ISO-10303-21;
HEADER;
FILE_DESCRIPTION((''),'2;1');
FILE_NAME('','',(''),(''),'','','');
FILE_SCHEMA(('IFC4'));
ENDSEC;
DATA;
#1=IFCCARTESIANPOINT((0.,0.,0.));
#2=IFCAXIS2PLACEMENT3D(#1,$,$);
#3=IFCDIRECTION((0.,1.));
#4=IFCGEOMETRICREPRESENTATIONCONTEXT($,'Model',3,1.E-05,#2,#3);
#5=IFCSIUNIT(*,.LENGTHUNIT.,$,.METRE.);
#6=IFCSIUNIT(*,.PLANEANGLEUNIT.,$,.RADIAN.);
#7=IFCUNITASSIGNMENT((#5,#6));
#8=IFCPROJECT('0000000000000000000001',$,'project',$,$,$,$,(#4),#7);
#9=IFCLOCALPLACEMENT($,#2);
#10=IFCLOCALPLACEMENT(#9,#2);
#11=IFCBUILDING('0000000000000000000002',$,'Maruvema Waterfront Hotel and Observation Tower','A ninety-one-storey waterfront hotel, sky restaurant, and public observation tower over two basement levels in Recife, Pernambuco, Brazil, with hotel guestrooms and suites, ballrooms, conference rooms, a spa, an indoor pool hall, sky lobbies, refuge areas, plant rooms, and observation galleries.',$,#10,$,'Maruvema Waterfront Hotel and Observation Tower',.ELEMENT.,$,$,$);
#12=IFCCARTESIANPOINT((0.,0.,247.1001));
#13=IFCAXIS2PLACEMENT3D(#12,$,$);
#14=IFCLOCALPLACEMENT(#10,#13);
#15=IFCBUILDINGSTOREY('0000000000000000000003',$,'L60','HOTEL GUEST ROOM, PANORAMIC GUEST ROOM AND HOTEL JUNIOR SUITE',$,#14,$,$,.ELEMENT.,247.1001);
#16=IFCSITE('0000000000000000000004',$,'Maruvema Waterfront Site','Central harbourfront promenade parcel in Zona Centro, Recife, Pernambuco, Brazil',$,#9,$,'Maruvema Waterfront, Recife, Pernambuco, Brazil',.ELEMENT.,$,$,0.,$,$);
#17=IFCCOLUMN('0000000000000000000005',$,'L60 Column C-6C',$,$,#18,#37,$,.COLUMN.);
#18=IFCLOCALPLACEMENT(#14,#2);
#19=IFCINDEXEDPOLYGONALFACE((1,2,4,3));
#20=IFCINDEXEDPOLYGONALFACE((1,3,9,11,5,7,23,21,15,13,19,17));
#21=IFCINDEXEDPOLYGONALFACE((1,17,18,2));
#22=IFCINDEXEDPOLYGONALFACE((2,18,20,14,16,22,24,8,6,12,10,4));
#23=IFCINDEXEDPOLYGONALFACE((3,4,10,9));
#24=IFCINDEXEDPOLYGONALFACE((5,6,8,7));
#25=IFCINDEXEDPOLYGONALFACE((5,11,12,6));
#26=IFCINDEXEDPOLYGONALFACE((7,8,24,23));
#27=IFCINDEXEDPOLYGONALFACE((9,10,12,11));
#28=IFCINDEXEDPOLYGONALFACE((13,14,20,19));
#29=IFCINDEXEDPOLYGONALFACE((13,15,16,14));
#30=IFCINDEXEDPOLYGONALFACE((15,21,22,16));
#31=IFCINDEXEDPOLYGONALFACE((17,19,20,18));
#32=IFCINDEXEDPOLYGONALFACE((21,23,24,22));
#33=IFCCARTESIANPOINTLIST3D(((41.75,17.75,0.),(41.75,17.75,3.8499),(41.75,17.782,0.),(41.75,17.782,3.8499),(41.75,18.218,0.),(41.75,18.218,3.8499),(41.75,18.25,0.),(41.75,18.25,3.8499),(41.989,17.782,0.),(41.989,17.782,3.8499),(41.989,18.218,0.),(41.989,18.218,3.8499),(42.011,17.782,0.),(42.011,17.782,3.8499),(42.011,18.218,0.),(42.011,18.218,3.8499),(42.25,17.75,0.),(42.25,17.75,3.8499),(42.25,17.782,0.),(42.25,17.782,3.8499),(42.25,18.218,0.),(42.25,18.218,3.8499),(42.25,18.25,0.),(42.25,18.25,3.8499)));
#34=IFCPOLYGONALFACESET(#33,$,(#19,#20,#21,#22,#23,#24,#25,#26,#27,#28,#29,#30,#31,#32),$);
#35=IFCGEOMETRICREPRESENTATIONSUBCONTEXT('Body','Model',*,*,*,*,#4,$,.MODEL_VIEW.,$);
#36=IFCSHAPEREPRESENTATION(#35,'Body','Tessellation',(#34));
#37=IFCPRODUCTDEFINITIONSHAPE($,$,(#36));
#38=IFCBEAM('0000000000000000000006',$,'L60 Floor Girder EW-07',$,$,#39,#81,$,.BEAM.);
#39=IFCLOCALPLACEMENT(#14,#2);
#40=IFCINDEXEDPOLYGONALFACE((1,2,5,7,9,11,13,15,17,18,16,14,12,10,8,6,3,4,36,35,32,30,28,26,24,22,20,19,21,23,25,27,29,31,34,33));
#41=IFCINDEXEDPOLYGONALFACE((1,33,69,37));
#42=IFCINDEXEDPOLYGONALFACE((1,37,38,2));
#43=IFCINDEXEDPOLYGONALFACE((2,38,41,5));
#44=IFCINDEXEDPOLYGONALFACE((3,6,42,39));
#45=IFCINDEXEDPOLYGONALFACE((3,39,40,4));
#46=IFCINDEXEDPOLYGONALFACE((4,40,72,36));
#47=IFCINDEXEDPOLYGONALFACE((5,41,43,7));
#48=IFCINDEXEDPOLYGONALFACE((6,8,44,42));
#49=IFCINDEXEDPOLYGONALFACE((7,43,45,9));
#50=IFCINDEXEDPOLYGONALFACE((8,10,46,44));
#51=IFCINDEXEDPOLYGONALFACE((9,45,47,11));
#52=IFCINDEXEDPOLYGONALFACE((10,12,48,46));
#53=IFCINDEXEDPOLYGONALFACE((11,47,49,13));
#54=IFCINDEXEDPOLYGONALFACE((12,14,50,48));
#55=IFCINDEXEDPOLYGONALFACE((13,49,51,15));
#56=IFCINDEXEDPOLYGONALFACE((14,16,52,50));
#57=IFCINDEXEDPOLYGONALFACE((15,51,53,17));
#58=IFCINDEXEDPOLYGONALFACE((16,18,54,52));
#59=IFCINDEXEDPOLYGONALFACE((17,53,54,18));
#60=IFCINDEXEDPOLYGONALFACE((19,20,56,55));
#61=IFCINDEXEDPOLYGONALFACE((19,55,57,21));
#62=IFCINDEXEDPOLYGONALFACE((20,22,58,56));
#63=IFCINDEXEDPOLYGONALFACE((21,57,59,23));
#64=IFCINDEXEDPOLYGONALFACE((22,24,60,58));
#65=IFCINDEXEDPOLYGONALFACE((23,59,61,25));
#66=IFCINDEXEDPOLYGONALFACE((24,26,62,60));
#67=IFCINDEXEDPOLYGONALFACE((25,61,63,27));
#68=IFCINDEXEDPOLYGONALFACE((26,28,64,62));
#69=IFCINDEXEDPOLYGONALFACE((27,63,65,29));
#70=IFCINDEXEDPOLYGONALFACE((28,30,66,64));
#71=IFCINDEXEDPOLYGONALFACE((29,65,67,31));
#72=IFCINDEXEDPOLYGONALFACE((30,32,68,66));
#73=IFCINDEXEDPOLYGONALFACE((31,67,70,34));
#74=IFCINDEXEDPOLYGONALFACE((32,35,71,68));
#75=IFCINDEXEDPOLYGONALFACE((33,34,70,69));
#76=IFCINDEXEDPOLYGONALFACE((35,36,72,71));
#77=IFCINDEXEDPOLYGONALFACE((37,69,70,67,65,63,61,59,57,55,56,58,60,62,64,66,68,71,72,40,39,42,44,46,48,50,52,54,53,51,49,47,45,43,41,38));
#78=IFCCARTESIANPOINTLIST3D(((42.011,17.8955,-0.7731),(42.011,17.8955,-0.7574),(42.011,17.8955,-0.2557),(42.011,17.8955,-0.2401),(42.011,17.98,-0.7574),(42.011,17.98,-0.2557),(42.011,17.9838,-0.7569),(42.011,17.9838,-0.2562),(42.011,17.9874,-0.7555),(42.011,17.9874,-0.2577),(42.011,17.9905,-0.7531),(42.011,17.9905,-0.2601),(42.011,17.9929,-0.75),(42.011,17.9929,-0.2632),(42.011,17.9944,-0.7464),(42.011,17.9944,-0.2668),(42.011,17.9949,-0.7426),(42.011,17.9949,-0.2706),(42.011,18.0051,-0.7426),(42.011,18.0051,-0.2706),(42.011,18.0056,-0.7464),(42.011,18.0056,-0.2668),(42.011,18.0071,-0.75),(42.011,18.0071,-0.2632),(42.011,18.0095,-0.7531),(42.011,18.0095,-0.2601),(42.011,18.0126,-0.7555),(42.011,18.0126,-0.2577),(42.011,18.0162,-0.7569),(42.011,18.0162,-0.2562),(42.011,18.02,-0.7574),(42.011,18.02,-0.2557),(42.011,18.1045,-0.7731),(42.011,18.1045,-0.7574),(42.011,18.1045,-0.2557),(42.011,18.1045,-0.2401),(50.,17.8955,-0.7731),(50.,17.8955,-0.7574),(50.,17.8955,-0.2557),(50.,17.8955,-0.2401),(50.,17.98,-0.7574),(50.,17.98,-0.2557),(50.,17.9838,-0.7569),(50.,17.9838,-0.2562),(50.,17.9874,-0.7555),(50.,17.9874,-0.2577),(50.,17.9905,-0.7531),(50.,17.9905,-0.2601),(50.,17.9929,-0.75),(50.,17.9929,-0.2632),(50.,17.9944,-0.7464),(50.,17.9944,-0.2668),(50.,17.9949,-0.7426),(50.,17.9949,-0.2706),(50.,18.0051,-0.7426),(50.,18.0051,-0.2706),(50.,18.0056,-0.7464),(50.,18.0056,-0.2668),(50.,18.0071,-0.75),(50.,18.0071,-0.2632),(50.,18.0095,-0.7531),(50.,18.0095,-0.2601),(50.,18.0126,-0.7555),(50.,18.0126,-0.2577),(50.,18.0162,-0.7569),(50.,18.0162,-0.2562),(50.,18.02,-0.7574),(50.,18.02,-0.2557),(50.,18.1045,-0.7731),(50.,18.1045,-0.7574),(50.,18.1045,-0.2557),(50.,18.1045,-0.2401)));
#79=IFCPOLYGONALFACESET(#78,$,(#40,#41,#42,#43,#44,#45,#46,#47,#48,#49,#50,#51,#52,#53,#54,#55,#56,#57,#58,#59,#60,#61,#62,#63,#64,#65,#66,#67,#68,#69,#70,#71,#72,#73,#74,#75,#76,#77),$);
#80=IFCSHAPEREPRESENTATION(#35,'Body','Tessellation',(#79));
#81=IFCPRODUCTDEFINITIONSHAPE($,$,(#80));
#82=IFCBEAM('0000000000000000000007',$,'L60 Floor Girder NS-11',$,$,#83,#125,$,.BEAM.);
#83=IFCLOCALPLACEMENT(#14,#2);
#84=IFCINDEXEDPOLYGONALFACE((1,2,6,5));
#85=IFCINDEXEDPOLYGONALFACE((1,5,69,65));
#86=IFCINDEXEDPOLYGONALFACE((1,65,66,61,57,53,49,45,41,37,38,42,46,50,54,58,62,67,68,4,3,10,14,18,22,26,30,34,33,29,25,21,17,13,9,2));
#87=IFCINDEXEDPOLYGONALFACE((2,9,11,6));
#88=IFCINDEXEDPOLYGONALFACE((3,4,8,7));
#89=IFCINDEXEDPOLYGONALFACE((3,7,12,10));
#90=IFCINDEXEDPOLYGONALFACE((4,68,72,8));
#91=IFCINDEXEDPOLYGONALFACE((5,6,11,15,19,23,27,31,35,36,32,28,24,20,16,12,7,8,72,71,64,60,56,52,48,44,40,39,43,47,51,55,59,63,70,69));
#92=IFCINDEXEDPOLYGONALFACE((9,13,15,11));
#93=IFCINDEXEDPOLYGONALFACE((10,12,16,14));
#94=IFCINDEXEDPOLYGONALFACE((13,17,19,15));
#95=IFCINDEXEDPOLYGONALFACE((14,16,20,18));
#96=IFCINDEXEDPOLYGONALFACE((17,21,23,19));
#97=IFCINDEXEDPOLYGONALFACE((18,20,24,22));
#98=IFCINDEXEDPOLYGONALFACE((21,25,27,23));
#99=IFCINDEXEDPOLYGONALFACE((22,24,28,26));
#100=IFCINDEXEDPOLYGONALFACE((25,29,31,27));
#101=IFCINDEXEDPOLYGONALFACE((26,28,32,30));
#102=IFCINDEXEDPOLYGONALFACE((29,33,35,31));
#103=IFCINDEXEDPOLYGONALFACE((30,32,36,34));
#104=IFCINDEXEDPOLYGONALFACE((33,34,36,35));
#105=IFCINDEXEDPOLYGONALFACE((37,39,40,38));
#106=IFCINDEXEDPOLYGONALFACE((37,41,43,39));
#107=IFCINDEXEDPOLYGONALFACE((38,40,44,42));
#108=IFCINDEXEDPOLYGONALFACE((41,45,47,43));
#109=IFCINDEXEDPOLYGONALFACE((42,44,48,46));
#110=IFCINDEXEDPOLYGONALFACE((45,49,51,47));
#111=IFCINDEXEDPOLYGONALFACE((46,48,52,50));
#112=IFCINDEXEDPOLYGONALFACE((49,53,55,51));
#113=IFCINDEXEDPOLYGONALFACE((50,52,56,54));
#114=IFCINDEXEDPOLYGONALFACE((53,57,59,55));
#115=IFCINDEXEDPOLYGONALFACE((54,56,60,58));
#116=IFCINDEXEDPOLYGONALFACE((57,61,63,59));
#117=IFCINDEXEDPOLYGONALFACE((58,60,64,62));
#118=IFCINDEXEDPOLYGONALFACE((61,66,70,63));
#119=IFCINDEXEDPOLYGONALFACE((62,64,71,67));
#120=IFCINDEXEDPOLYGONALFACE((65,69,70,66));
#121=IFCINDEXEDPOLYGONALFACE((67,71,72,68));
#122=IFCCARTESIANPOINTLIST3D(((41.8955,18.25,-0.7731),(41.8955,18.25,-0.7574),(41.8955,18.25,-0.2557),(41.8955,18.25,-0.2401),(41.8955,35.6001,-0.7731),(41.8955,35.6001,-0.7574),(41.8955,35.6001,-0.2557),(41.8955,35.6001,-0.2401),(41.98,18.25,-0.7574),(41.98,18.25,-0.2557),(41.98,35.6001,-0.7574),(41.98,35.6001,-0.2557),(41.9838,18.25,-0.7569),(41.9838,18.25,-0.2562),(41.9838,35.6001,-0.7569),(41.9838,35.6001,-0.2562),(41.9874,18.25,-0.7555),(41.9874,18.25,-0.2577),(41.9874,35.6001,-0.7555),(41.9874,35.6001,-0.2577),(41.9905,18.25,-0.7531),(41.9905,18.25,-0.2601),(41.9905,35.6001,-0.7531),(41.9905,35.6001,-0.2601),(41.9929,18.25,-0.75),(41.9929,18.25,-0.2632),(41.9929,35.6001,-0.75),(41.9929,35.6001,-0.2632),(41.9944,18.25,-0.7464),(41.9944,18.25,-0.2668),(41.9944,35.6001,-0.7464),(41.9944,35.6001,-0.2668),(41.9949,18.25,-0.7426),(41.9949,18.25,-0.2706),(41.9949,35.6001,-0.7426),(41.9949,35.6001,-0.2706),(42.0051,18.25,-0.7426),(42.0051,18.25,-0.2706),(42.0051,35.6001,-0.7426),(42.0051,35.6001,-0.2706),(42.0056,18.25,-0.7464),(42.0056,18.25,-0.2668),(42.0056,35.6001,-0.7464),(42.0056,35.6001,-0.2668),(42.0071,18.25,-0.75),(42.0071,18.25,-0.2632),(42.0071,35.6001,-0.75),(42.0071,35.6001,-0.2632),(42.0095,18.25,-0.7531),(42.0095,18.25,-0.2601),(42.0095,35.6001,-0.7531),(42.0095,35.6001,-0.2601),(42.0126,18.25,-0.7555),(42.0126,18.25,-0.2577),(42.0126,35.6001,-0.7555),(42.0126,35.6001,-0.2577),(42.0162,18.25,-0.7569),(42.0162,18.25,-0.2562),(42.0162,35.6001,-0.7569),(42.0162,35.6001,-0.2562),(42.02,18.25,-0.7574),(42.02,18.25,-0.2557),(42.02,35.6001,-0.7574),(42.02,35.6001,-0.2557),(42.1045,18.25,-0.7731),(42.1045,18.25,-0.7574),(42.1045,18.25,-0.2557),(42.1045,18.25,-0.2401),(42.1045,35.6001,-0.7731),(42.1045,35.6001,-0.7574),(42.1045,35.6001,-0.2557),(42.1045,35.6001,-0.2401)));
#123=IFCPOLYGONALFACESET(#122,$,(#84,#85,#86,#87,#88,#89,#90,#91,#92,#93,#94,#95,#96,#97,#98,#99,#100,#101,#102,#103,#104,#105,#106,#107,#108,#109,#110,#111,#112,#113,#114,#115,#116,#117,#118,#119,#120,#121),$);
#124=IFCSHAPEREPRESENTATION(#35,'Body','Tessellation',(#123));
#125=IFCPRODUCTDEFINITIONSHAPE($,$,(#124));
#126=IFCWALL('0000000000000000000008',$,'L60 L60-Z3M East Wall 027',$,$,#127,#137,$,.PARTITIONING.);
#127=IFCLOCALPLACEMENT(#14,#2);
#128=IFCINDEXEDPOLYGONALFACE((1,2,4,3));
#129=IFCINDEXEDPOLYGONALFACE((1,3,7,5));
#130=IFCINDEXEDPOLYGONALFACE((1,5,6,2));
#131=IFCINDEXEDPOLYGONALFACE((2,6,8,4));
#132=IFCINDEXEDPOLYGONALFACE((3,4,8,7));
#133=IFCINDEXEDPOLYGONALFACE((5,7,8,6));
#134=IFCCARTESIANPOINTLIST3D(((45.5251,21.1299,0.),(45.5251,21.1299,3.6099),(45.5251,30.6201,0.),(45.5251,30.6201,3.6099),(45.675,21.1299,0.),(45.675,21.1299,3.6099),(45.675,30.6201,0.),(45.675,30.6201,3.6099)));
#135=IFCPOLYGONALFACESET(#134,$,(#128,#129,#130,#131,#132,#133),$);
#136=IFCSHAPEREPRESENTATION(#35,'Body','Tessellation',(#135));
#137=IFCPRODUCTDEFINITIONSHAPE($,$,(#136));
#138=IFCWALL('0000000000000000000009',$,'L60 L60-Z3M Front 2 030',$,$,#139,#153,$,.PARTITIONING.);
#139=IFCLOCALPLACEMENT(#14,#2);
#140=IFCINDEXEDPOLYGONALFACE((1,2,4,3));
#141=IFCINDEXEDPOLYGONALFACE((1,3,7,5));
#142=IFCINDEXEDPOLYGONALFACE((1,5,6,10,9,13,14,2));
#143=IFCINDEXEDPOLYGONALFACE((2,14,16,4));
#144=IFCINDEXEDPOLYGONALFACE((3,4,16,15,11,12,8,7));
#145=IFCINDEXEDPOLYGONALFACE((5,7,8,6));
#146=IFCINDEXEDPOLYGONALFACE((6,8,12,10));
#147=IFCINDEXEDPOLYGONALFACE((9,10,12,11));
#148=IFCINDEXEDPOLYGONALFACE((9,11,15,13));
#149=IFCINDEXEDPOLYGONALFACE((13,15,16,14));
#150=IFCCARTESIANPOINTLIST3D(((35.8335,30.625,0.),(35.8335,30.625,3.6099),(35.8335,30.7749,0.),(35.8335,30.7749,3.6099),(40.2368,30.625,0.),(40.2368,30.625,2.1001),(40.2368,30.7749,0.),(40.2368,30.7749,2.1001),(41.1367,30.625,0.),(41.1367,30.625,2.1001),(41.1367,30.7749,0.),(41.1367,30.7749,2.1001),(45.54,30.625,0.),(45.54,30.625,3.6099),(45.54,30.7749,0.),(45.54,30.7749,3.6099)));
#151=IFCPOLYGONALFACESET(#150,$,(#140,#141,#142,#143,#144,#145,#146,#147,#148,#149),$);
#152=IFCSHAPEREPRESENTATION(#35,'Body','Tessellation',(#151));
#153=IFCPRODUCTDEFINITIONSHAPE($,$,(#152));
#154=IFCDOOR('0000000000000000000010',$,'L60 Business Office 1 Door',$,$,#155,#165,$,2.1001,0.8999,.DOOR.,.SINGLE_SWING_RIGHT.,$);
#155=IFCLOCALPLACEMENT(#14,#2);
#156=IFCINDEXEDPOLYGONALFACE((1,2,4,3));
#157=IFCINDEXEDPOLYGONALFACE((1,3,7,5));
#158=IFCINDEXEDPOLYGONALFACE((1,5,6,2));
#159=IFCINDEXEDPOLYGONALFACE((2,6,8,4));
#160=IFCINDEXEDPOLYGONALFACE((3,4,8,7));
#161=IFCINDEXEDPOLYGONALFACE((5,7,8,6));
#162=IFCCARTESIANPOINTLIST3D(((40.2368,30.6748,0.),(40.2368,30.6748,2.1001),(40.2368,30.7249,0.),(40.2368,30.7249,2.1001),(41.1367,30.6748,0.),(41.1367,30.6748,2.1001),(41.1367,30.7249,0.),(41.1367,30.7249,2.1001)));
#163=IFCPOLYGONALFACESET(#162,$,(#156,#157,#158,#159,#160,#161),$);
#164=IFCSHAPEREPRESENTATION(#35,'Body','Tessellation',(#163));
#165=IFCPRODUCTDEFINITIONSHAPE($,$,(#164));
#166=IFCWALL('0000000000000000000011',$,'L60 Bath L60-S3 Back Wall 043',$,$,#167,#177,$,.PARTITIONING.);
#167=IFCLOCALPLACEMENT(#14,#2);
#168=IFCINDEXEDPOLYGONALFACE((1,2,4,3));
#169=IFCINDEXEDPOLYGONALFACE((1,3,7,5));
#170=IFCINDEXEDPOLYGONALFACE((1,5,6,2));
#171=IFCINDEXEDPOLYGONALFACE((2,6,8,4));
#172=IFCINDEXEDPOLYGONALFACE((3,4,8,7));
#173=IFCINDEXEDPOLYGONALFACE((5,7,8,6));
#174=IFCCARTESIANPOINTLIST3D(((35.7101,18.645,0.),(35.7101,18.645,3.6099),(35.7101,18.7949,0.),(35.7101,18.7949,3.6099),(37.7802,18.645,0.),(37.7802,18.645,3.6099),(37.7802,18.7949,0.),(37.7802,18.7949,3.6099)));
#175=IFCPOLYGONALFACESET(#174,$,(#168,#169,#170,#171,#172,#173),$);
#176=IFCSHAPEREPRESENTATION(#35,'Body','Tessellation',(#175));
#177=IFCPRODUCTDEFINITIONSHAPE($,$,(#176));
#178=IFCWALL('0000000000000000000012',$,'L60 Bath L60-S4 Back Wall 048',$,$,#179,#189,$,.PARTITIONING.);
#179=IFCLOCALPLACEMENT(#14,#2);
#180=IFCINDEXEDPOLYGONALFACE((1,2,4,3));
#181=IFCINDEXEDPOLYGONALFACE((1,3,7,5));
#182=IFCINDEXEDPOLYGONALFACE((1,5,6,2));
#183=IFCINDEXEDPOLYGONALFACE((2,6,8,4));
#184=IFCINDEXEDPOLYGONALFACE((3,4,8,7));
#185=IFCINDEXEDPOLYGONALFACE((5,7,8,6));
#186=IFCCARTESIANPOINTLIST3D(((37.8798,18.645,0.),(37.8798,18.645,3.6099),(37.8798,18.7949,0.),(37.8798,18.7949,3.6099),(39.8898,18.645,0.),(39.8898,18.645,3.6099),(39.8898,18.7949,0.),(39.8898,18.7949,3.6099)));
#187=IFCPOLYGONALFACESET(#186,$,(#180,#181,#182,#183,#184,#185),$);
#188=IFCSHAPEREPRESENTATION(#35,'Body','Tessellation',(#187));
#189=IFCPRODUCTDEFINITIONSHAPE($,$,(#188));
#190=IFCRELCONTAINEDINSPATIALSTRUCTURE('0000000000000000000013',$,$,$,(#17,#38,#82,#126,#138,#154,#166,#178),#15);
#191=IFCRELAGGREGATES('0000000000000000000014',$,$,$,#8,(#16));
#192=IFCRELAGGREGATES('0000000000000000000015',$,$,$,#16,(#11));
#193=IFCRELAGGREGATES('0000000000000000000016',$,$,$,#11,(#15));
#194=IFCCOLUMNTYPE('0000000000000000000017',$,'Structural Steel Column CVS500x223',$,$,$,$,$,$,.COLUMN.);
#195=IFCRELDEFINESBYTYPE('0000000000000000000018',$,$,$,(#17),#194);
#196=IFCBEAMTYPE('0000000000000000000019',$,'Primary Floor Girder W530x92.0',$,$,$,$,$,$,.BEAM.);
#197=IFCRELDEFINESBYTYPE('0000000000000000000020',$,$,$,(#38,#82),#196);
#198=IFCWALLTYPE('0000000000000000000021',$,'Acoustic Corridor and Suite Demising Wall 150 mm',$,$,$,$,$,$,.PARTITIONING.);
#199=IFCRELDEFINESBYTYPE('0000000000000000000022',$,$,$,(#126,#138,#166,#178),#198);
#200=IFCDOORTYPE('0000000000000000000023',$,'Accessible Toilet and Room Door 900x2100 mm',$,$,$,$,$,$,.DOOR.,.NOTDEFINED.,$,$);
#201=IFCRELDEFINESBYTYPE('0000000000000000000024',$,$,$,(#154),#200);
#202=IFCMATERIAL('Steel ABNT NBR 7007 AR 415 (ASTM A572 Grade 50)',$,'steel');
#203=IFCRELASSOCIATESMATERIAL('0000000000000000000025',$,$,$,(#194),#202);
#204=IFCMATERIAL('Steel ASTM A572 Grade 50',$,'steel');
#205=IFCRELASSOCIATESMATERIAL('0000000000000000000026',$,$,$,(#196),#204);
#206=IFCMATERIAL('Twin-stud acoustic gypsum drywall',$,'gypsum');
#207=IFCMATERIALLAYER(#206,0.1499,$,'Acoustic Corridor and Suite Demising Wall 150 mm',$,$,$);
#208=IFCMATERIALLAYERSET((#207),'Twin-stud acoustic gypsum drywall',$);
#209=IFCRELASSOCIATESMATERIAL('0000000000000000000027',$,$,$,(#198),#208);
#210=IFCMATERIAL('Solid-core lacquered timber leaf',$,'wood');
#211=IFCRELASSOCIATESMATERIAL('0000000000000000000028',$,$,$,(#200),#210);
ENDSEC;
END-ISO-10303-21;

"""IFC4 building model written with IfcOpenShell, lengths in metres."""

from ifc_helpers import new_model, si_unit, direction, frame, frame_2d, origin, origin_2d, place, context, subcontext, project, spatial, rectangle, i_section, extrude, material, layer, layer_set, material_profile, profile_set, type_object, element, fill, save


model = new_model("IFC4")

# Units and contexts
model_context = context("Model", 3, precision=1e-05, world=origin(), true_north=direction((0.0, 1.0)))
body_context = subcontext(model_context, "Body", "Model", "MODEL_VIEW")
ifc_project = project(units=[si_unit("LENGTHUNIT", "METRE"), si_unit("PLANEANGLEUNIT", "RADIAN")], contexts=[model_context])

# Site, building, storey
site_placement = place(None, origin())
site = spatial("IfcSite", under=ifc_project, at=site_placement, Name="Maruvema Waterfront Site", Description="Central harbourfront promenade parcel in Zona Centro, Recife, Pernambuco, Brazil", LongName="Maruvema Waterfront, Recife, Pernambuco, Brazil", CompositionType="ELEMENT", RefElevation=0.0)
building_placement = place(site_placement, origin())
building = spatial("IfcBuilding", under=site, at=building_placement, Name="Maruvema Waterfront Hotel and Observation Tower", Description="A ninety-one-storey waterfront hotel, sky restaurant, and public observation tower over two basement levels in Recife, Pernambuco, Brazil, with hotel guestrooms and suites, ballrooms, conference rooms, a spa, an indoor pool hall, sky lobbies, refuge areas, plant rooms, and observation galleries.", LongName="Maruvema Waterfront Hotel and Observation Tower", CompositionType="ELEMENT")
storey_placement = place(building_placement, frame((0.0, 0.0, 247.1001)))
storey = spatial("IfcBuildingStorey", under=building, at=storey_placement, Name="L60", Description="HOTEL GUEST ROOM, PANORAMIC GUEST ROOM AND HOTEL JUNIOR SUITE", CompositionType="ELEMENT", Elevation=247.1001)

# Column
ifc_material_1 = material(Name="Steel ABNT NBR 7007 AR 415 (ASTM A572 Grade 50)", Category="steel")
ifc_material_profile_1 = material_profile(ifc_material_1, i_section(OverallWidth=0.5, OverallDepth=0.5, WebThickness=0.022, FlangeThickness=0.032, at=origin_2d()), Name="CVS500x223")
ifc_profile_set_1 = profile_set([ifc_material_profile_1], Name="Steel ABNT NBR 7007 AR 415 (ASTM A572 Grade 50)")
column_type = type_object("IfcColumnType", Name="Structural Steel Column CVS500x223", PredefinedType="COLUMN", material=ifc_profile_set_1)
column_placement = place(storey_placement, frame((42.0, 18.0, 0.0), z_axis=(0.0, 0.0, 1.0), x_axis=(1.0, 0.0, 0.0)))
element("IfcColumn", 1, at=column_placement, inside=storey, type_object=column_type, Name="L60 Column C-6C", PredefinedType="COLUMN", context=body_context, shape_type="SweptSolid", body=[
    extrude(i_section(OverallWidth=0.5, OverallDepth=0.5, WebThickness=0.022, FlangeThickness=0.032, at=origin_2d()), origin(), (0.0, 0.0, 1.0), 3.8499),
])

# Beams
ifc_material_2 = material(Name="Steel ASTM A572 Grade 50", Category="steel")
ifc_material_profile_2 = material_profile(ifc_material_2, i_section(OverallWidth=0.209, OverallDepth=0.533, WebThickness=0.0103, FlangeThickness=0.0156, FilletRadius=0.0149, at=origin_2d()), Name="W530x92.0")
ifc_profile_set_2 = profile_set([ifc_material_profile_2], Name="Steel ASTM A572 Grade 50")
beam_type = type_object("IfcBeamType", Name="Primary Floor Girder W530x92.0", PredefinedType="BEAM", material=ifc_profile_set_2)
beam_1_placement = place(storey_placement, frame((42.011, 18.0, -0.5066), z_axis=(1.0, 0.0, 0.0), x_axis=(0.0, 1.0, 0.0)))
element("IfcBeam", 2, at=beam_1_placement, inside=storey, type_object=beam_type, Name="L60 Floor Girder EW-07", PredefinedType="BEAM", context=body_context, shape_type="SweptSolid", body=[
    extrude(i_section(OverallWidth=0.209, OverallDepth=0.533, WebThickness=0.0103, FlangeThickness=0.0156, FilletRadius=0.0149, at=origin_2d()), origin(), (0.0, 0.0, 1.0), 7.989),
])
beam_2_placement = place(storey_placement, frame((42.0, 18.25, -0.5066), z_axis=(0.0, 1.0, 0.0), x_axis=(-1.0, 0.0, 0.0)))
element("IfcBeam", 3, at=beam_2_placement, inside=storey, type_object=beam_type, Name="L60 Floor Girder NS-11", PredefinedType="BEAM", context=body_context, shape_type="SweptSolid", body=[
    extrude(i_section(OverallWidth=0.209, OverallDepth=0.533, WebThickness=0.0103, FlangeThickness=0.0156, FilletRadius=0.0149, at=origin_2d()), origin(), (0.0, 0.0, 1.0), 17.3501),
])

# Wall
ifc_material_3 = material(Name="Twin-stud acoustic gypsum drywall", Category="gypsum")
ifc_layer_1 = layer(ifc_material_3, 0.1499, Name="Acoustic Corridor and Suite Demising Wall 150 mm")
ifc_layer_set_1 = layer_set([ifc_layer_1], Name="Twin-stud acoustic gypsum drywall")
wall_type_1 = type_object("IfcWallType", Name="Acoustic Corridor and Suite Demising Wall 150 mm", PredefinedType="PARTITIONING", material=ifc_layer_set_1)
wall_1_placement = place(storey_placement, frame((45.6001, 21.1299, 0.0), z_axis=(0.0, 0.0, 1.0), x_axis=(0.0, 1.0, 0.0)))
element("IfcWall", 4, at=wall_1_placement, inside=storey, type_object=wall_type_1, Name="L60 L60-Z3M East Wall 027", PredefinedType="PARTITIONING", context=body_context, shape_type="SweptSolid", body=[
    extrude(rectangle(XDim=9.4902, YDim=0.1499, at=frame_2d((4.7451, 0.0))), origin(), (0.0, 0.0, 1.0), 3.6099),
])

# Wall, opening, door
wall_2_placement = place(storey_placement, frame((35.8335, 30.7, 0.0), z_axis=(0.0, 0.0, 1.0), x_axis=(1.0, 0.0, 0.0)))
wall_2 = element("IfcWall", 5, at=wall_2_placement, inside=storey, type_object=wall_type_1, Name="L60 L60-Z3M Front 2 030", PredefinedType="PARTITIONING", context=body_context, shape_type="SweptSolid", body=[
    extrude(rectangle(XDim=9.7065, YDim=0.1499, at=frame_2d((4.8533, 0.0))), origin(), (0.0, 0.0, 1.0), 3.6099),
])
opening_1_placement = place(wall_2_placement, frame((4.4033, 0.0, 0.0)))
opening_1 = element("IfcOpeningElement", 6, at=opening_1_placement, cuts=wall_2, PredefinedType="OPENING", context=body_context, shape_type="SweptSolid", body=[
    extrude(rectangle(XDim=0.8999, YDim=2.1001, at=frame_2d((0.45, 1.05))), frame((0.0, 0.085, 0.0), z_axis=(0.0, -1.0, 0.0), x_axis=(1.0, 0.0, 0.0)), (0.0, 0.0, 1.0), 0.1699),
])
ifc_material_4 = material(Name="Solid-core lacquered timber leaf", Category="wood")
door_type_1 = type_object("IfcDoorType", Name="Accessible Toilet and Room Door 900x2100 mm", OperationType="NOTDEFINED", PredefinedType="DOOR", material=ifc_material_4)
door_1_placement = place(opening_1_placement, origin())
door_1 = element("IfcDoor", 7, at=door_1_placement, inside=storey, type_object=door_type_1, Name="L60 Business Office 1 Door", OperationType="SINGLE_SWING_RIGHT", OverallHeight=2.1001, OverallWidth=0.8999, PredefinedType="DOOR", context=body_context, shape_type="SweptSolid", body=[
    extrude(rectangle(XDim=0.8999, YDim=2.1001, at=frame_2d((0.45, 1.05))), frame((0.0, 0.0249, 0.0), z_axis=(0.0, -1.0, 0.0), x_axis=(1.0, 0.0, 0.0)), (0.0, 0.0, 1.0), 0.05),
])
fill(opening_1, door_1)

# Walls
wall_3_placement = place(storey_placement, frame((35.71, 18.72, 0.0), z_axis=(0.0, 0.0, 1.0), x_axis=(1.0, 0.0, 0.0)))
element("IfcWall", 8, at=wall_3_placement, inside=storey, type_object=wall_type_1, Name="L60 Bath L60-S3 Back Wall 043", PredefinedType="PARTITIONING", context=body_context, shape_type="SweptSolid", body=[
    extrude(rectangle(XDim=2.0701, YDim=0.1499, at=frame_2d((1.0352, 0.0))), origin(), (0.0, 0.0, 1.0), 3.6099),
])
wall_4_placement = place(storey_placement, frame((37.8799, 18.72, 0.0), z_axis=(0.0, 0.0, 1.0), x_axis=(1.0, 0.0, 0.0)))
element("IfcWall", 9, at=wall_4_placement, inside=storey, type_object=wall_type_1, Name="L60 Bath L60-S4 Back Wall 048", PredefinedType="PARTITIONING", context=body_context, shape_type="SweptSolid", body=[
    extrude(rectangle(XDim=2.01, YDim=0.1499, at=frame_2d((1.0049, 0.0))), origin(), (0.0, 0.0, 1.0), 3.6099),
])

save(model, "model.ifc")
